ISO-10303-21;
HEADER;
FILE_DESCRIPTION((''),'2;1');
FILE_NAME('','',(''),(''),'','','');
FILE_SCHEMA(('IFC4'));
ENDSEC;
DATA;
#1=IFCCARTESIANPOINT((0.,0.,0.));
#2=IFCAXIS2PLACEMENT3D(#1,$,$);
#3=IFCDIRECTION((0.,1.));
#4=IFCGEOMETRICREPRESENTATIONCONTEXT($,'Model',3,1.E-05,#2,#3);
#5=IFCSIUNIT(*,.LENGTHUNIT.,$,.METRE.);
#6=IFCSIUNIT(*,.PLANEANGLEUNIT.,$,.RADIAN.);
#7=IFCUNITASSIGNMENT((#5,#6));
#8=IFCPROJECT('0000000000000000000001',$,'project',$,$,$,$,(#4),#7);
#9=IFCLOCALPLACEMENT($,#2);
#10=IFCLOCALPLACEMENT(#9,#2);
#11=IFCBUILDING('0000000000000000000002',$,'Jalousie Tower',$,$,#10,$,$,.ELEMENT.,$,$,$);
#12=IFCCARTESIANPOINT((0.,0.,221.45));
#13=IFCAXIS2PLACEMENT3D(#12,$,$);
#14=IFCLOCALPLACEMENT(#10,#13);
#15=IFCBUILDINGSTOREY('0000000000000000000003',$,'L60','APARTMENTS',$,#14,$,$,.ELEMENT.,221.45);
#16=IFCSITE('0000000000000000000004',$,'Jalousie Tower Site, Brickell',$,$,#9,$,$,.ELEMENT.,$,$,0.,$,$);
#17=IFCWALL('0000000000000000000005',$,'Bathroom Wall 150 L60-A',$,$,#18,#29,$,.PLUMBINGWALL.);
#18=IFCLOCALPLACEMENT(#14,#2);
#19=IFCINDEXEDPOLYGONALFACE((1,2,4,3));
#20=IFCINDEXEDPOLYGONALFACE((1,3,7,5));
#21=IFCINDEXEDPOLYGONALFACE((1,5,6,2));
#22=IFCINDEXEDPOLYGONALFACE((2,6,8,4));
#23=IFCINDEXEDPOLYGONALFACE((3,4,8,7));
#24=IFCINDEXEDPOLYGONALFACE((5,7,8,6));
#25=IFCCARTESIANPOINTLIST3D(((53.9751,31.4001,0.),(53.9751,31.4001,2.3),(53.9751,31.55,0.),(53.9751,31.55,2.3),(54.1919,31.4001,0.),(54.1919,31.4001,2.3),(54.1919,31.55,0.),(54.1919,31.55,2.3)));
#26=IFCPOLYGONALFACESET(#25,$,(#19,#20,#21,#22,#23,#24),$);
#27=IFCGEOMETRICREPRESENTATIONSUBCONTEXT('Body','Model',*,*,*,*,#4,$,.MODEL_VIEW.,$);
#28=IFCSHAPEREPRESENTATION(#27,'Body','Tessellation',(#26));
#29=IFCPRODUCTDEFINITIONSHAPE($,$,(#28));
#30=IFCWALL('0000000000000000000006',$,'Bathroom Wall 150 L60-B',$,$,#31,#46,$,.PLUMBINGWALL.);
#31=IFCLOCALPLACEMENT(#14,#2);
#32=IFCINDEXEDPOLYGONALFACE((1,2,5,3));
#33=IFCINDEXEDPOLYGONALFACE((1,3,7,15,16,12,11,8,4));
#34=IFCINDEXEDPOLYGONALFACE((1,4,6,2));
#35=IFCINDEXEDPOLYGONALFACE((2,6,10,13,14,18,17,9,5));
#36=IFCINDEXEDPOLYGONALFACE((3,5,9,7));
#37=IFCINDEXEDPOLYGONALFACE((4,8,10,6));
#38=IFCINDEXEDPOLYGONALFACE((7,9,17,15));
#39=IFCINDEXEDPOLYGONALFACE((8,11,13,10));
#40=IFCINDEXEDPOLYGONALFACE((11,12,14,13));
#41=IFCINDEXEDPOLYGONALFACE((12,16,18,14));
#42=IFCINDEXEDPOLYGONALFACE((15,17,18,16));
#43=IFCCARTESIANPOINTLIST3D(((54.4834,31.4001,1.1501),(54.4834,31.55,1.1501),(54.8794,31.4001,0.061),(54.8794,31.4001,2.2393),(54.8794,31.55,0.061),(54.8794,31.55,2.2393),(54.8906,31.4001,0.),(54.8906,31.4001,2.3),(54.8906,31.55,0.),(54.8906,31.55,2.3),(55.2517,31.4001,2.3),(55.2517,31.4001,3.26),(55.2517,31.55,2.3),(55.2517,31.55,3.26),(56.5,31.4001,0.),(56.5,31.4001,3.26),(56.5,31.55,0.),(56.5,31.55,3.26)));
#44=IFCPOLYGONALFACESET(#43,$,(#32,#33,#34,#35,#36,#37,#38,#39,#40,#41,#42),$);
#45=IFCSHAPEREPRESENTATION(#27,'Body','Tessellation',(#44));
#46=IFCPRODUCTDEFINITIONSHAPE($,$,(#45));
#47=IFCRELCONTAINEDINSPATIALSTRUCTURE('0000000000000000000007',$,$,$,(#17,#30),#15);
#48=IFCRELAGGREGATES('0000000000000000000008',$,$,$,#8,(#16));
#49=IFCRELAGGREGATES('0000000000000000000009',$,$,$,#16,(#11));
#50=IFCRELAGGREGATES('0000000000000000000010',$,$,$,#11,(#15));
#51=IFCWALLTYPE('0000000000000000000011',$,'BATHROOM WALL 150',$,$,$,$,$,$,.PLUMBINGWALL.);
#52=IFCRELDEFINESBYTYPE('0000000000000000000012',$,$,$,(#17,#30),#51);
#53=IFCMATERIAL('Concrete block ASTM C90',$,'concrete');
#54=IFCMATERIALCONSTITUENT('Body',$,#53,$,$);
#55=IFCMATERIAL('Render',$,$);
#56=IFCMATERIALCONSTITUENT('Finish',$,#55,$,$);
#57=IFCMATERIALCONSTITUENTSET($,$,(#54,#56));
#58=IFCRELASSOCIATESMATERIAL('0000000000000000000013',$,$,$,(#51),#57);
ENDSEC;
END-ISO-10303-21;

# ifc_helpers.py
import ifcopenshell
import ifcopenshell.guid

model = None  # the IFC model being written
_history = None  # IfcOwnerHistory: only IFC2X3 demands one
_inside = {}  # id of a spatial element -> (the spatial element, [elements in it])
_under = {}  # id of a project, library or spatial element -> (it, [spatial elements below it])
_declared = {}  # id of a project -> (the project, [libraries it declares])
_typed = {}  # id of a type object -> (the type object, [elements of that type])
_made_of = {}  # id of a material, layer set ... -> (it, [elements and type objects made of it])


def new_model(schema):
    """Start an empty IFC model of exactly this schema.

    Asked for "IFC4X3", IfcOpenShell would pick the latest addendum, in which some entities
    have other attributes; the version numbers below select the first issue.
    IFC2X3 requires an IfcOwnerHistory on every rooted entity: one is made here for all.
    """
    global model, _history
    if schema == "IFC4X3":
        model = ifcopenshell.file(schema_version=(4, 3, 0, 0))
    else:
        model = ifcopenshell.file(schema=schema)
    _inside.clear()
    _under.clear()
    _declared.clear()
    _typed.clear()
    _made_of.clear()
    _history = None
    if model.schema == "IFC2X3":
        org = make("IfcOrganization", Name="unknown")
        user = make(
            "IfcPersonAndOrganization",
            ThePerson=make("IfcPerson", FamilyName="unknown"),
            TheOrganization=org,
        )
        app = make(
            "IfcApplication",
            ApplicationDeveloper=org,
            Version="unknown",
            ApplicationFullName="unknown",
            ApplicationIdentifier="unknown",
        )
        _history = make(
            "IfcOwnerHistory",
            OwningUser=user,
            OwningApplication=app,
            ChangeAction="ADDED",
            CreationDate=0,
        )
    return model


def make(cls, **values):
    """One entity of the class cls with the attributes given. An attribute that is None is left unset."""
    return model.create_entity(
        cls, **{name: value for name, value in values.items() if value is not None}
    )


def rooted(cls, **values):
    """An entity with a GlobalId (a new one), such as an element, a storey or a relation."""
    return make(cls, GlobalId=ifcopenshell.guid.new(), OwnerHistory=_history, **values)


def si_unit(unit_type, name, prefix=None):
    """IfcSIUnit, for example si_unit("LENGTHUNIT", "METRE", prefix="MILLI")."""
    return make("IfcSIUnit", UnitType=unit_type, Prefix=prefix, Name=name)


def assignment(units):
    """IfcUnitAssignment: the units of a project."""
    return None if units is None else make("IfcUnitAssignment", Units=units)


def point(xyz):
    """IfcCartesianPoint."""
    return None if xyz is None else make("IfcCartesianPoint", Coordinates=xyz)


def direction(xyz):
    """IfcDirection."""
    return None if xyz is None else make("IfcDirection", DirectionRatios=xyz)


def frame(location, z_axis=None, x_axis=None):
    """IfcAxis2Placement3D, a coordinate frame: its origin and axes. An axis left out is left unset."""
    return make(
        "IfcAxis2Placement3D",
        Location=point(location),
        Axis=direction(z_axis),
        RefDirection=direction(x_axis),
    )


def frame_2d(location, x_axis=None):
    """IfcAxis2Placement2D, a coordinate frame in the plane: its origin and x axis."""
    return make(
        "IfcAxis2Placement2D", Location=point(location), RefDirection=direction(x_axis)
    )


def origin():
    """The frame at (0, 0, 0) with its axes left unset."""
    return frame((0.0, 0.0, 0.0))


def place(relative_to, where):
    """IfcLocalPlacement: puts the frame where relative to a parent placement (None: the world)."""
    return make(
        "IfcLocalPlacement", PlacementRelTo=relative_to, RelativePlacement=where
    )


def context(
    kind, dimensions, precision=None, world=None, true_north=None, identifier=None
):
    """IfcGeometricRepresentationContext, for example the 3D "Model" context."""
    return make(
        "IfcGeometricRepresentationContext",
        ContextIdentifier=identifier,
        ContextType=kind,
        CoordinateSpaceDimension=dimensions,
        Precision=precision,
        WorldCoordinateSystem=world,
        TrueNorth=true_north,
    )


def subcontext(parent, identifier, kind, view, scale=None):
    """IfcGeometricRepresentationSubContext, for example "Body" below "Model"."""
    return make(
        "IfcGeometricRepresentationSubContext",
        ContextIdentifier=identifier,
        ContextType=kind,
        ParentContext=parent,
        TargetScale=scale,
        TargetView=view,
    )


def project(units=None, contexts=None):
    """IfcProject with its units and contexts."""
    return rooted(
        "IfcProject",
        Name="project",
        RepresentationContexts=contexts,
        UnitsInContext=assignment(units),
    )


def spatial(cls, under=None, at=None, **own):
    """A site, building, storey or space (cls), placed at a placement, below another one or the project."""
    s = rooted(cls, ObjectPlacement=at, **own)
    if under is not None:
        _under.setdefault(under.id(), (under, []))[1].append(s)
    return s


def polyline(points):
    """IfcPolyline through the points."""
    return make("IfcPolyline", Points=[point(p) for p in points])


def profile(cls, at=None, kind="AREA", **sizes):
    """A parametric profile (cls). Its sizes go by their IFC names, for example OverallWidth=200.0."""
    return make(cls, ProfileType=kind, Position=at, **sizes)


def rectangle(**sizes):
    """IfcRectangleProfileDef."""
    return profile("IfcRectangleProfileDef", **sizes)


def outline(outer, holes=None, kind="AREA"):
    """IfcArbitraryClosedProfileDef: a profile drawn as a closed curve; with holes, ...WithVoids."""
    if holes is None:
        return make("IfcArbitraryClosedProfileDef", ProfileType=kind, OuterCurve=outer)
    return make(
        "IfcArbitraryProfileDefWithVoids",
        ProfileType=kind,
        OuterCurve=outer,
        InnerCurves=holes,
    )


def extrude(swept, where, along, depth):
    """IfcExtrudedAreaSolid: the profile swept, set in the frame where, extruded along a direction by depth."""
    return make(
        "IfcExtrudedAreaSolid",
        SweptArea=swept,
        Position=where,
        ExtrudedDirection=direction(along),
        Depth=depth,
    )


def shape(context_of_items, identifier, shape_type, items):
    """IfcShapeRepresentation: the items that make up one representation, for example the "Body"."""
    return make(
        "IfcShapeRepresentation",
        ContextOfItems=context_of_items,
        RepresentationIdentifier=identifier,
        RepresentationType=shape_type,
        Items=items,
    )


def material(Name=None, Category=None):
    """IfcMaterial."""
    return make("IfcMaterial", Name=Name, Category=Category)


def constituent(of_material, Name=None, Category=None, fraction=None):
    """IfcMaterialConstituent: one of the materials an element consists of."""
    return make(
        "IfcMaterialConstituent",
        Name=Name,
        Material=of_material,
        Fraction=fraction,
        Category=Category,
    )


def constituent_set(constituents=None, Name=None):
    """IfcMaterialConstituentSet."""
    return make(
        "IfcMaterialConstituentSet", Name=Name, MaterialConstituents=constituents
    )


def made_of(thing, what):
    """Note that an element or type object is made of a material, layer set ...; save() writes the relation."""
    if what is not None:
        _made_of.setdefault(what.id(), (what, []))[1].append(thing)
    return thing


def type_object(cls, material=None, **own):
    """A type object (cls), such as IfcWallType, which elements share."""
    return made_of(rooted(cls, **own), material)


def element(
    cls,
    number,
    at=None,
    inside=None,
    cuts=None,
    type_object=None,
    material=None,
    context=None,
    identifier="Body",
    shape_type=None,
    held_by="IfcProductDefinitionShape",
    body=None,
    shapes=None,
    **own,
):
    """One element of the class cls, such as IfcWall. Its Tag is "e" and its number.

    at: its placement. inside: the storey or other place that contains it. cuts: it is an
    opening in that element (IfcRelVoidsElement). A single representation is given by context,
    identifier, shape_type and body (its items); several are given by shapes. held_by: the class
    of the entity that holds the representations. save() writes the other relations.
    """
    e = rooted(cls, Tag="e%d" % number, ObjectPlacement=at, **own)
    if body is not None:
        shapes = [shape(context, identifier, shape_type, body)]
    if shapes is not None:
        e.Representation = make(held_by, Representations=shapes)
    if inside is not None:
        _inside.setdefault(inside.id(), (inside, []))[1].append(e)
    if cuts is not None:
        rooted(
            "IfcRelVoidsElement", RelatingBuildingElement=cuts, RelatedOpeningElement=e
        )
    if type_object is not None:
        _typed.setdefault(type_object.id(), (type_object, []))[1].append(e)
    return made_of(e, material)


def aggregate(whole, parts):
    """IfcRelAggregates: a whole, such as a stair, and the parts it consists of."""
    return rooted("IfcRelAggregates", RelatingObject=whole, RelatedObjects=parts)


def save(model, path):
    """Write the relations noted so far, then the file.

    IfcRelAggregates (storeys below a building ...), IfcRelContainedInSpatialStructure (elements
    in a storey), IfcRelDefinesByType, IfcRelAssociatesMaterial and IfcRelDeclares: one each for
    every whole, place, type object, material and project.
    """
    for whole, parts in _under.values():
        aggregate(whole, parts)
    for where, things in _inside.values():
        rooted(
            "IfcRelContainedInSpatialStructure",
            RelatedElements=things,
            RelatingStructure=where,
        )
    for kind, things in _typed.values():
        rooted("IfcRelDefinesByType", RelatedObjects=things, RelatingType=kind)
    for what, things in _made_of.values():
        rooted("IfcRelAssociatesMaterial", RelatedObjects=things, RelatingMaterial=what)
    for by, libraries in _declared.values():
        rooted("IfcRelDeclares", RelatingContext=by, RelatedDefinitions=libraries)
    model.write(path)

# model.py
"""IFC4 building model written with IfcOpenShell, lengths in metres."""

from ifc_helpers import new_model, si_unit, direction, frame, frame_2d, origin, place, context, subcontext, project, spatial, polyline, rectangle, outline, extrude, material, constituent, constituent_set, type_object, element, save


model = new_model("IFC4")

# Units and contexts
model_context = context("Model", 3, precision=1e-05, world=origin(), true_north=direction((0.0, 1.0)))
body_context = subcontext(model_context, "Body", "Model", "MODEL_VIEW")
ifc_project = project(units=[si_unit("LENGTHUNIT", "METRE"), si_unit("PLANEANGLEUNIT", "RADIAN")], contexts=[model_context])

# Site, building, storey
site_placement = place(None, origin())
site = spatial("IfcSite", under=ifc_project, at=site_placement, Name="Jalousie Tower Site, Brickell", CompositionType="ELEMENT", RefElevation=0.0)
building_placement = place(site_placement, origin())
building = spatial("IfcBuilding", under=site, at=building_placement, Name="Jalousie Tower", CompositionType="ELEMENT")
storey_placement = place(building_placement, frame((0.0, 0.0, 221.45)))
storey = spatial("IfcBuildingStorey", under=building, at=storey_placement, Name="L60", Description="APARTMENTS", CompositionType="ELEMENT", Elevation=221.45)

# Walls
ifc_material_1 = material(Name="Concrete block ASTM C90", Category="concrete")
ifc_constituent_1 = constituent(ifc_material_1, Name="Body")
ifc_material_2 = material(Name="Render")
ifc_constituent_2 = constituent(ifc_material_2, Name="Finish")
ifc_constituent_set = constituent_set(constituents=[ifc_constituent_1, ifc_constituent_2])
wall_type = type_object("IfcWallType", Name="BATHROOM WALL 150", PredefinedType="PLUMBINGWALL", material=ifc_constituent_set)
wall_1_placement = place(storey_placement, frame((53.9751, 31.4751, 0.0), z_axis=(0.0, 0.0, 1.0), x_axis=(1.0, 0.0, 0.0)))
element("IfcWall", 1, at=wall_1_placement, inside=storey, type_object=wall_type, Name="Bathroom Wall 150 L60-A", PredefinedType="PLUMBINGWALL", context=body_context, shape_type="SweptSolid", body=[
    extrude(rectangle(XDim=0.2168, YDim=0.1499, at=frame_2d((0.1084, 0.0))), origin(), (0.0, 0.0, 1.0), 2.3),
])
wall_2_placement = place(storey_placement, frame((54.4834, 31.4751, 0.0), z_axis=(0.0, 0.0, 1.0), x_axis=(1.0, 0.0, 0.0)))
element("IfcWall", 2, at=wall_2_placement, inside=storey, type_object=wall_type, Name="Bathroom Wall 150 L60-B", PredefinedType="PLUMBINGWALL", context=body_context, shape_type="SweptSolid", body=[
    extrude(outline(polyline([(0.7683, 3.26), (0.7683, 2.3), (0.4072, 2.3), (0.396, 2.2393), (0.0, 1.1501), (0.396, 0.061), (0.4072, 0.0), (2.0166, 0.0), (2.0166, 3.26), (0.7683, 3.26)])), frame((0.0, 0.075, 0.0), z_axis=(0.0, -1.0, 0.0), x_axis=(1.0, 0.0, 0.0)), (0.0, 0.0, 1.0), 0.1499),
])

save(model, "model.ifc")
